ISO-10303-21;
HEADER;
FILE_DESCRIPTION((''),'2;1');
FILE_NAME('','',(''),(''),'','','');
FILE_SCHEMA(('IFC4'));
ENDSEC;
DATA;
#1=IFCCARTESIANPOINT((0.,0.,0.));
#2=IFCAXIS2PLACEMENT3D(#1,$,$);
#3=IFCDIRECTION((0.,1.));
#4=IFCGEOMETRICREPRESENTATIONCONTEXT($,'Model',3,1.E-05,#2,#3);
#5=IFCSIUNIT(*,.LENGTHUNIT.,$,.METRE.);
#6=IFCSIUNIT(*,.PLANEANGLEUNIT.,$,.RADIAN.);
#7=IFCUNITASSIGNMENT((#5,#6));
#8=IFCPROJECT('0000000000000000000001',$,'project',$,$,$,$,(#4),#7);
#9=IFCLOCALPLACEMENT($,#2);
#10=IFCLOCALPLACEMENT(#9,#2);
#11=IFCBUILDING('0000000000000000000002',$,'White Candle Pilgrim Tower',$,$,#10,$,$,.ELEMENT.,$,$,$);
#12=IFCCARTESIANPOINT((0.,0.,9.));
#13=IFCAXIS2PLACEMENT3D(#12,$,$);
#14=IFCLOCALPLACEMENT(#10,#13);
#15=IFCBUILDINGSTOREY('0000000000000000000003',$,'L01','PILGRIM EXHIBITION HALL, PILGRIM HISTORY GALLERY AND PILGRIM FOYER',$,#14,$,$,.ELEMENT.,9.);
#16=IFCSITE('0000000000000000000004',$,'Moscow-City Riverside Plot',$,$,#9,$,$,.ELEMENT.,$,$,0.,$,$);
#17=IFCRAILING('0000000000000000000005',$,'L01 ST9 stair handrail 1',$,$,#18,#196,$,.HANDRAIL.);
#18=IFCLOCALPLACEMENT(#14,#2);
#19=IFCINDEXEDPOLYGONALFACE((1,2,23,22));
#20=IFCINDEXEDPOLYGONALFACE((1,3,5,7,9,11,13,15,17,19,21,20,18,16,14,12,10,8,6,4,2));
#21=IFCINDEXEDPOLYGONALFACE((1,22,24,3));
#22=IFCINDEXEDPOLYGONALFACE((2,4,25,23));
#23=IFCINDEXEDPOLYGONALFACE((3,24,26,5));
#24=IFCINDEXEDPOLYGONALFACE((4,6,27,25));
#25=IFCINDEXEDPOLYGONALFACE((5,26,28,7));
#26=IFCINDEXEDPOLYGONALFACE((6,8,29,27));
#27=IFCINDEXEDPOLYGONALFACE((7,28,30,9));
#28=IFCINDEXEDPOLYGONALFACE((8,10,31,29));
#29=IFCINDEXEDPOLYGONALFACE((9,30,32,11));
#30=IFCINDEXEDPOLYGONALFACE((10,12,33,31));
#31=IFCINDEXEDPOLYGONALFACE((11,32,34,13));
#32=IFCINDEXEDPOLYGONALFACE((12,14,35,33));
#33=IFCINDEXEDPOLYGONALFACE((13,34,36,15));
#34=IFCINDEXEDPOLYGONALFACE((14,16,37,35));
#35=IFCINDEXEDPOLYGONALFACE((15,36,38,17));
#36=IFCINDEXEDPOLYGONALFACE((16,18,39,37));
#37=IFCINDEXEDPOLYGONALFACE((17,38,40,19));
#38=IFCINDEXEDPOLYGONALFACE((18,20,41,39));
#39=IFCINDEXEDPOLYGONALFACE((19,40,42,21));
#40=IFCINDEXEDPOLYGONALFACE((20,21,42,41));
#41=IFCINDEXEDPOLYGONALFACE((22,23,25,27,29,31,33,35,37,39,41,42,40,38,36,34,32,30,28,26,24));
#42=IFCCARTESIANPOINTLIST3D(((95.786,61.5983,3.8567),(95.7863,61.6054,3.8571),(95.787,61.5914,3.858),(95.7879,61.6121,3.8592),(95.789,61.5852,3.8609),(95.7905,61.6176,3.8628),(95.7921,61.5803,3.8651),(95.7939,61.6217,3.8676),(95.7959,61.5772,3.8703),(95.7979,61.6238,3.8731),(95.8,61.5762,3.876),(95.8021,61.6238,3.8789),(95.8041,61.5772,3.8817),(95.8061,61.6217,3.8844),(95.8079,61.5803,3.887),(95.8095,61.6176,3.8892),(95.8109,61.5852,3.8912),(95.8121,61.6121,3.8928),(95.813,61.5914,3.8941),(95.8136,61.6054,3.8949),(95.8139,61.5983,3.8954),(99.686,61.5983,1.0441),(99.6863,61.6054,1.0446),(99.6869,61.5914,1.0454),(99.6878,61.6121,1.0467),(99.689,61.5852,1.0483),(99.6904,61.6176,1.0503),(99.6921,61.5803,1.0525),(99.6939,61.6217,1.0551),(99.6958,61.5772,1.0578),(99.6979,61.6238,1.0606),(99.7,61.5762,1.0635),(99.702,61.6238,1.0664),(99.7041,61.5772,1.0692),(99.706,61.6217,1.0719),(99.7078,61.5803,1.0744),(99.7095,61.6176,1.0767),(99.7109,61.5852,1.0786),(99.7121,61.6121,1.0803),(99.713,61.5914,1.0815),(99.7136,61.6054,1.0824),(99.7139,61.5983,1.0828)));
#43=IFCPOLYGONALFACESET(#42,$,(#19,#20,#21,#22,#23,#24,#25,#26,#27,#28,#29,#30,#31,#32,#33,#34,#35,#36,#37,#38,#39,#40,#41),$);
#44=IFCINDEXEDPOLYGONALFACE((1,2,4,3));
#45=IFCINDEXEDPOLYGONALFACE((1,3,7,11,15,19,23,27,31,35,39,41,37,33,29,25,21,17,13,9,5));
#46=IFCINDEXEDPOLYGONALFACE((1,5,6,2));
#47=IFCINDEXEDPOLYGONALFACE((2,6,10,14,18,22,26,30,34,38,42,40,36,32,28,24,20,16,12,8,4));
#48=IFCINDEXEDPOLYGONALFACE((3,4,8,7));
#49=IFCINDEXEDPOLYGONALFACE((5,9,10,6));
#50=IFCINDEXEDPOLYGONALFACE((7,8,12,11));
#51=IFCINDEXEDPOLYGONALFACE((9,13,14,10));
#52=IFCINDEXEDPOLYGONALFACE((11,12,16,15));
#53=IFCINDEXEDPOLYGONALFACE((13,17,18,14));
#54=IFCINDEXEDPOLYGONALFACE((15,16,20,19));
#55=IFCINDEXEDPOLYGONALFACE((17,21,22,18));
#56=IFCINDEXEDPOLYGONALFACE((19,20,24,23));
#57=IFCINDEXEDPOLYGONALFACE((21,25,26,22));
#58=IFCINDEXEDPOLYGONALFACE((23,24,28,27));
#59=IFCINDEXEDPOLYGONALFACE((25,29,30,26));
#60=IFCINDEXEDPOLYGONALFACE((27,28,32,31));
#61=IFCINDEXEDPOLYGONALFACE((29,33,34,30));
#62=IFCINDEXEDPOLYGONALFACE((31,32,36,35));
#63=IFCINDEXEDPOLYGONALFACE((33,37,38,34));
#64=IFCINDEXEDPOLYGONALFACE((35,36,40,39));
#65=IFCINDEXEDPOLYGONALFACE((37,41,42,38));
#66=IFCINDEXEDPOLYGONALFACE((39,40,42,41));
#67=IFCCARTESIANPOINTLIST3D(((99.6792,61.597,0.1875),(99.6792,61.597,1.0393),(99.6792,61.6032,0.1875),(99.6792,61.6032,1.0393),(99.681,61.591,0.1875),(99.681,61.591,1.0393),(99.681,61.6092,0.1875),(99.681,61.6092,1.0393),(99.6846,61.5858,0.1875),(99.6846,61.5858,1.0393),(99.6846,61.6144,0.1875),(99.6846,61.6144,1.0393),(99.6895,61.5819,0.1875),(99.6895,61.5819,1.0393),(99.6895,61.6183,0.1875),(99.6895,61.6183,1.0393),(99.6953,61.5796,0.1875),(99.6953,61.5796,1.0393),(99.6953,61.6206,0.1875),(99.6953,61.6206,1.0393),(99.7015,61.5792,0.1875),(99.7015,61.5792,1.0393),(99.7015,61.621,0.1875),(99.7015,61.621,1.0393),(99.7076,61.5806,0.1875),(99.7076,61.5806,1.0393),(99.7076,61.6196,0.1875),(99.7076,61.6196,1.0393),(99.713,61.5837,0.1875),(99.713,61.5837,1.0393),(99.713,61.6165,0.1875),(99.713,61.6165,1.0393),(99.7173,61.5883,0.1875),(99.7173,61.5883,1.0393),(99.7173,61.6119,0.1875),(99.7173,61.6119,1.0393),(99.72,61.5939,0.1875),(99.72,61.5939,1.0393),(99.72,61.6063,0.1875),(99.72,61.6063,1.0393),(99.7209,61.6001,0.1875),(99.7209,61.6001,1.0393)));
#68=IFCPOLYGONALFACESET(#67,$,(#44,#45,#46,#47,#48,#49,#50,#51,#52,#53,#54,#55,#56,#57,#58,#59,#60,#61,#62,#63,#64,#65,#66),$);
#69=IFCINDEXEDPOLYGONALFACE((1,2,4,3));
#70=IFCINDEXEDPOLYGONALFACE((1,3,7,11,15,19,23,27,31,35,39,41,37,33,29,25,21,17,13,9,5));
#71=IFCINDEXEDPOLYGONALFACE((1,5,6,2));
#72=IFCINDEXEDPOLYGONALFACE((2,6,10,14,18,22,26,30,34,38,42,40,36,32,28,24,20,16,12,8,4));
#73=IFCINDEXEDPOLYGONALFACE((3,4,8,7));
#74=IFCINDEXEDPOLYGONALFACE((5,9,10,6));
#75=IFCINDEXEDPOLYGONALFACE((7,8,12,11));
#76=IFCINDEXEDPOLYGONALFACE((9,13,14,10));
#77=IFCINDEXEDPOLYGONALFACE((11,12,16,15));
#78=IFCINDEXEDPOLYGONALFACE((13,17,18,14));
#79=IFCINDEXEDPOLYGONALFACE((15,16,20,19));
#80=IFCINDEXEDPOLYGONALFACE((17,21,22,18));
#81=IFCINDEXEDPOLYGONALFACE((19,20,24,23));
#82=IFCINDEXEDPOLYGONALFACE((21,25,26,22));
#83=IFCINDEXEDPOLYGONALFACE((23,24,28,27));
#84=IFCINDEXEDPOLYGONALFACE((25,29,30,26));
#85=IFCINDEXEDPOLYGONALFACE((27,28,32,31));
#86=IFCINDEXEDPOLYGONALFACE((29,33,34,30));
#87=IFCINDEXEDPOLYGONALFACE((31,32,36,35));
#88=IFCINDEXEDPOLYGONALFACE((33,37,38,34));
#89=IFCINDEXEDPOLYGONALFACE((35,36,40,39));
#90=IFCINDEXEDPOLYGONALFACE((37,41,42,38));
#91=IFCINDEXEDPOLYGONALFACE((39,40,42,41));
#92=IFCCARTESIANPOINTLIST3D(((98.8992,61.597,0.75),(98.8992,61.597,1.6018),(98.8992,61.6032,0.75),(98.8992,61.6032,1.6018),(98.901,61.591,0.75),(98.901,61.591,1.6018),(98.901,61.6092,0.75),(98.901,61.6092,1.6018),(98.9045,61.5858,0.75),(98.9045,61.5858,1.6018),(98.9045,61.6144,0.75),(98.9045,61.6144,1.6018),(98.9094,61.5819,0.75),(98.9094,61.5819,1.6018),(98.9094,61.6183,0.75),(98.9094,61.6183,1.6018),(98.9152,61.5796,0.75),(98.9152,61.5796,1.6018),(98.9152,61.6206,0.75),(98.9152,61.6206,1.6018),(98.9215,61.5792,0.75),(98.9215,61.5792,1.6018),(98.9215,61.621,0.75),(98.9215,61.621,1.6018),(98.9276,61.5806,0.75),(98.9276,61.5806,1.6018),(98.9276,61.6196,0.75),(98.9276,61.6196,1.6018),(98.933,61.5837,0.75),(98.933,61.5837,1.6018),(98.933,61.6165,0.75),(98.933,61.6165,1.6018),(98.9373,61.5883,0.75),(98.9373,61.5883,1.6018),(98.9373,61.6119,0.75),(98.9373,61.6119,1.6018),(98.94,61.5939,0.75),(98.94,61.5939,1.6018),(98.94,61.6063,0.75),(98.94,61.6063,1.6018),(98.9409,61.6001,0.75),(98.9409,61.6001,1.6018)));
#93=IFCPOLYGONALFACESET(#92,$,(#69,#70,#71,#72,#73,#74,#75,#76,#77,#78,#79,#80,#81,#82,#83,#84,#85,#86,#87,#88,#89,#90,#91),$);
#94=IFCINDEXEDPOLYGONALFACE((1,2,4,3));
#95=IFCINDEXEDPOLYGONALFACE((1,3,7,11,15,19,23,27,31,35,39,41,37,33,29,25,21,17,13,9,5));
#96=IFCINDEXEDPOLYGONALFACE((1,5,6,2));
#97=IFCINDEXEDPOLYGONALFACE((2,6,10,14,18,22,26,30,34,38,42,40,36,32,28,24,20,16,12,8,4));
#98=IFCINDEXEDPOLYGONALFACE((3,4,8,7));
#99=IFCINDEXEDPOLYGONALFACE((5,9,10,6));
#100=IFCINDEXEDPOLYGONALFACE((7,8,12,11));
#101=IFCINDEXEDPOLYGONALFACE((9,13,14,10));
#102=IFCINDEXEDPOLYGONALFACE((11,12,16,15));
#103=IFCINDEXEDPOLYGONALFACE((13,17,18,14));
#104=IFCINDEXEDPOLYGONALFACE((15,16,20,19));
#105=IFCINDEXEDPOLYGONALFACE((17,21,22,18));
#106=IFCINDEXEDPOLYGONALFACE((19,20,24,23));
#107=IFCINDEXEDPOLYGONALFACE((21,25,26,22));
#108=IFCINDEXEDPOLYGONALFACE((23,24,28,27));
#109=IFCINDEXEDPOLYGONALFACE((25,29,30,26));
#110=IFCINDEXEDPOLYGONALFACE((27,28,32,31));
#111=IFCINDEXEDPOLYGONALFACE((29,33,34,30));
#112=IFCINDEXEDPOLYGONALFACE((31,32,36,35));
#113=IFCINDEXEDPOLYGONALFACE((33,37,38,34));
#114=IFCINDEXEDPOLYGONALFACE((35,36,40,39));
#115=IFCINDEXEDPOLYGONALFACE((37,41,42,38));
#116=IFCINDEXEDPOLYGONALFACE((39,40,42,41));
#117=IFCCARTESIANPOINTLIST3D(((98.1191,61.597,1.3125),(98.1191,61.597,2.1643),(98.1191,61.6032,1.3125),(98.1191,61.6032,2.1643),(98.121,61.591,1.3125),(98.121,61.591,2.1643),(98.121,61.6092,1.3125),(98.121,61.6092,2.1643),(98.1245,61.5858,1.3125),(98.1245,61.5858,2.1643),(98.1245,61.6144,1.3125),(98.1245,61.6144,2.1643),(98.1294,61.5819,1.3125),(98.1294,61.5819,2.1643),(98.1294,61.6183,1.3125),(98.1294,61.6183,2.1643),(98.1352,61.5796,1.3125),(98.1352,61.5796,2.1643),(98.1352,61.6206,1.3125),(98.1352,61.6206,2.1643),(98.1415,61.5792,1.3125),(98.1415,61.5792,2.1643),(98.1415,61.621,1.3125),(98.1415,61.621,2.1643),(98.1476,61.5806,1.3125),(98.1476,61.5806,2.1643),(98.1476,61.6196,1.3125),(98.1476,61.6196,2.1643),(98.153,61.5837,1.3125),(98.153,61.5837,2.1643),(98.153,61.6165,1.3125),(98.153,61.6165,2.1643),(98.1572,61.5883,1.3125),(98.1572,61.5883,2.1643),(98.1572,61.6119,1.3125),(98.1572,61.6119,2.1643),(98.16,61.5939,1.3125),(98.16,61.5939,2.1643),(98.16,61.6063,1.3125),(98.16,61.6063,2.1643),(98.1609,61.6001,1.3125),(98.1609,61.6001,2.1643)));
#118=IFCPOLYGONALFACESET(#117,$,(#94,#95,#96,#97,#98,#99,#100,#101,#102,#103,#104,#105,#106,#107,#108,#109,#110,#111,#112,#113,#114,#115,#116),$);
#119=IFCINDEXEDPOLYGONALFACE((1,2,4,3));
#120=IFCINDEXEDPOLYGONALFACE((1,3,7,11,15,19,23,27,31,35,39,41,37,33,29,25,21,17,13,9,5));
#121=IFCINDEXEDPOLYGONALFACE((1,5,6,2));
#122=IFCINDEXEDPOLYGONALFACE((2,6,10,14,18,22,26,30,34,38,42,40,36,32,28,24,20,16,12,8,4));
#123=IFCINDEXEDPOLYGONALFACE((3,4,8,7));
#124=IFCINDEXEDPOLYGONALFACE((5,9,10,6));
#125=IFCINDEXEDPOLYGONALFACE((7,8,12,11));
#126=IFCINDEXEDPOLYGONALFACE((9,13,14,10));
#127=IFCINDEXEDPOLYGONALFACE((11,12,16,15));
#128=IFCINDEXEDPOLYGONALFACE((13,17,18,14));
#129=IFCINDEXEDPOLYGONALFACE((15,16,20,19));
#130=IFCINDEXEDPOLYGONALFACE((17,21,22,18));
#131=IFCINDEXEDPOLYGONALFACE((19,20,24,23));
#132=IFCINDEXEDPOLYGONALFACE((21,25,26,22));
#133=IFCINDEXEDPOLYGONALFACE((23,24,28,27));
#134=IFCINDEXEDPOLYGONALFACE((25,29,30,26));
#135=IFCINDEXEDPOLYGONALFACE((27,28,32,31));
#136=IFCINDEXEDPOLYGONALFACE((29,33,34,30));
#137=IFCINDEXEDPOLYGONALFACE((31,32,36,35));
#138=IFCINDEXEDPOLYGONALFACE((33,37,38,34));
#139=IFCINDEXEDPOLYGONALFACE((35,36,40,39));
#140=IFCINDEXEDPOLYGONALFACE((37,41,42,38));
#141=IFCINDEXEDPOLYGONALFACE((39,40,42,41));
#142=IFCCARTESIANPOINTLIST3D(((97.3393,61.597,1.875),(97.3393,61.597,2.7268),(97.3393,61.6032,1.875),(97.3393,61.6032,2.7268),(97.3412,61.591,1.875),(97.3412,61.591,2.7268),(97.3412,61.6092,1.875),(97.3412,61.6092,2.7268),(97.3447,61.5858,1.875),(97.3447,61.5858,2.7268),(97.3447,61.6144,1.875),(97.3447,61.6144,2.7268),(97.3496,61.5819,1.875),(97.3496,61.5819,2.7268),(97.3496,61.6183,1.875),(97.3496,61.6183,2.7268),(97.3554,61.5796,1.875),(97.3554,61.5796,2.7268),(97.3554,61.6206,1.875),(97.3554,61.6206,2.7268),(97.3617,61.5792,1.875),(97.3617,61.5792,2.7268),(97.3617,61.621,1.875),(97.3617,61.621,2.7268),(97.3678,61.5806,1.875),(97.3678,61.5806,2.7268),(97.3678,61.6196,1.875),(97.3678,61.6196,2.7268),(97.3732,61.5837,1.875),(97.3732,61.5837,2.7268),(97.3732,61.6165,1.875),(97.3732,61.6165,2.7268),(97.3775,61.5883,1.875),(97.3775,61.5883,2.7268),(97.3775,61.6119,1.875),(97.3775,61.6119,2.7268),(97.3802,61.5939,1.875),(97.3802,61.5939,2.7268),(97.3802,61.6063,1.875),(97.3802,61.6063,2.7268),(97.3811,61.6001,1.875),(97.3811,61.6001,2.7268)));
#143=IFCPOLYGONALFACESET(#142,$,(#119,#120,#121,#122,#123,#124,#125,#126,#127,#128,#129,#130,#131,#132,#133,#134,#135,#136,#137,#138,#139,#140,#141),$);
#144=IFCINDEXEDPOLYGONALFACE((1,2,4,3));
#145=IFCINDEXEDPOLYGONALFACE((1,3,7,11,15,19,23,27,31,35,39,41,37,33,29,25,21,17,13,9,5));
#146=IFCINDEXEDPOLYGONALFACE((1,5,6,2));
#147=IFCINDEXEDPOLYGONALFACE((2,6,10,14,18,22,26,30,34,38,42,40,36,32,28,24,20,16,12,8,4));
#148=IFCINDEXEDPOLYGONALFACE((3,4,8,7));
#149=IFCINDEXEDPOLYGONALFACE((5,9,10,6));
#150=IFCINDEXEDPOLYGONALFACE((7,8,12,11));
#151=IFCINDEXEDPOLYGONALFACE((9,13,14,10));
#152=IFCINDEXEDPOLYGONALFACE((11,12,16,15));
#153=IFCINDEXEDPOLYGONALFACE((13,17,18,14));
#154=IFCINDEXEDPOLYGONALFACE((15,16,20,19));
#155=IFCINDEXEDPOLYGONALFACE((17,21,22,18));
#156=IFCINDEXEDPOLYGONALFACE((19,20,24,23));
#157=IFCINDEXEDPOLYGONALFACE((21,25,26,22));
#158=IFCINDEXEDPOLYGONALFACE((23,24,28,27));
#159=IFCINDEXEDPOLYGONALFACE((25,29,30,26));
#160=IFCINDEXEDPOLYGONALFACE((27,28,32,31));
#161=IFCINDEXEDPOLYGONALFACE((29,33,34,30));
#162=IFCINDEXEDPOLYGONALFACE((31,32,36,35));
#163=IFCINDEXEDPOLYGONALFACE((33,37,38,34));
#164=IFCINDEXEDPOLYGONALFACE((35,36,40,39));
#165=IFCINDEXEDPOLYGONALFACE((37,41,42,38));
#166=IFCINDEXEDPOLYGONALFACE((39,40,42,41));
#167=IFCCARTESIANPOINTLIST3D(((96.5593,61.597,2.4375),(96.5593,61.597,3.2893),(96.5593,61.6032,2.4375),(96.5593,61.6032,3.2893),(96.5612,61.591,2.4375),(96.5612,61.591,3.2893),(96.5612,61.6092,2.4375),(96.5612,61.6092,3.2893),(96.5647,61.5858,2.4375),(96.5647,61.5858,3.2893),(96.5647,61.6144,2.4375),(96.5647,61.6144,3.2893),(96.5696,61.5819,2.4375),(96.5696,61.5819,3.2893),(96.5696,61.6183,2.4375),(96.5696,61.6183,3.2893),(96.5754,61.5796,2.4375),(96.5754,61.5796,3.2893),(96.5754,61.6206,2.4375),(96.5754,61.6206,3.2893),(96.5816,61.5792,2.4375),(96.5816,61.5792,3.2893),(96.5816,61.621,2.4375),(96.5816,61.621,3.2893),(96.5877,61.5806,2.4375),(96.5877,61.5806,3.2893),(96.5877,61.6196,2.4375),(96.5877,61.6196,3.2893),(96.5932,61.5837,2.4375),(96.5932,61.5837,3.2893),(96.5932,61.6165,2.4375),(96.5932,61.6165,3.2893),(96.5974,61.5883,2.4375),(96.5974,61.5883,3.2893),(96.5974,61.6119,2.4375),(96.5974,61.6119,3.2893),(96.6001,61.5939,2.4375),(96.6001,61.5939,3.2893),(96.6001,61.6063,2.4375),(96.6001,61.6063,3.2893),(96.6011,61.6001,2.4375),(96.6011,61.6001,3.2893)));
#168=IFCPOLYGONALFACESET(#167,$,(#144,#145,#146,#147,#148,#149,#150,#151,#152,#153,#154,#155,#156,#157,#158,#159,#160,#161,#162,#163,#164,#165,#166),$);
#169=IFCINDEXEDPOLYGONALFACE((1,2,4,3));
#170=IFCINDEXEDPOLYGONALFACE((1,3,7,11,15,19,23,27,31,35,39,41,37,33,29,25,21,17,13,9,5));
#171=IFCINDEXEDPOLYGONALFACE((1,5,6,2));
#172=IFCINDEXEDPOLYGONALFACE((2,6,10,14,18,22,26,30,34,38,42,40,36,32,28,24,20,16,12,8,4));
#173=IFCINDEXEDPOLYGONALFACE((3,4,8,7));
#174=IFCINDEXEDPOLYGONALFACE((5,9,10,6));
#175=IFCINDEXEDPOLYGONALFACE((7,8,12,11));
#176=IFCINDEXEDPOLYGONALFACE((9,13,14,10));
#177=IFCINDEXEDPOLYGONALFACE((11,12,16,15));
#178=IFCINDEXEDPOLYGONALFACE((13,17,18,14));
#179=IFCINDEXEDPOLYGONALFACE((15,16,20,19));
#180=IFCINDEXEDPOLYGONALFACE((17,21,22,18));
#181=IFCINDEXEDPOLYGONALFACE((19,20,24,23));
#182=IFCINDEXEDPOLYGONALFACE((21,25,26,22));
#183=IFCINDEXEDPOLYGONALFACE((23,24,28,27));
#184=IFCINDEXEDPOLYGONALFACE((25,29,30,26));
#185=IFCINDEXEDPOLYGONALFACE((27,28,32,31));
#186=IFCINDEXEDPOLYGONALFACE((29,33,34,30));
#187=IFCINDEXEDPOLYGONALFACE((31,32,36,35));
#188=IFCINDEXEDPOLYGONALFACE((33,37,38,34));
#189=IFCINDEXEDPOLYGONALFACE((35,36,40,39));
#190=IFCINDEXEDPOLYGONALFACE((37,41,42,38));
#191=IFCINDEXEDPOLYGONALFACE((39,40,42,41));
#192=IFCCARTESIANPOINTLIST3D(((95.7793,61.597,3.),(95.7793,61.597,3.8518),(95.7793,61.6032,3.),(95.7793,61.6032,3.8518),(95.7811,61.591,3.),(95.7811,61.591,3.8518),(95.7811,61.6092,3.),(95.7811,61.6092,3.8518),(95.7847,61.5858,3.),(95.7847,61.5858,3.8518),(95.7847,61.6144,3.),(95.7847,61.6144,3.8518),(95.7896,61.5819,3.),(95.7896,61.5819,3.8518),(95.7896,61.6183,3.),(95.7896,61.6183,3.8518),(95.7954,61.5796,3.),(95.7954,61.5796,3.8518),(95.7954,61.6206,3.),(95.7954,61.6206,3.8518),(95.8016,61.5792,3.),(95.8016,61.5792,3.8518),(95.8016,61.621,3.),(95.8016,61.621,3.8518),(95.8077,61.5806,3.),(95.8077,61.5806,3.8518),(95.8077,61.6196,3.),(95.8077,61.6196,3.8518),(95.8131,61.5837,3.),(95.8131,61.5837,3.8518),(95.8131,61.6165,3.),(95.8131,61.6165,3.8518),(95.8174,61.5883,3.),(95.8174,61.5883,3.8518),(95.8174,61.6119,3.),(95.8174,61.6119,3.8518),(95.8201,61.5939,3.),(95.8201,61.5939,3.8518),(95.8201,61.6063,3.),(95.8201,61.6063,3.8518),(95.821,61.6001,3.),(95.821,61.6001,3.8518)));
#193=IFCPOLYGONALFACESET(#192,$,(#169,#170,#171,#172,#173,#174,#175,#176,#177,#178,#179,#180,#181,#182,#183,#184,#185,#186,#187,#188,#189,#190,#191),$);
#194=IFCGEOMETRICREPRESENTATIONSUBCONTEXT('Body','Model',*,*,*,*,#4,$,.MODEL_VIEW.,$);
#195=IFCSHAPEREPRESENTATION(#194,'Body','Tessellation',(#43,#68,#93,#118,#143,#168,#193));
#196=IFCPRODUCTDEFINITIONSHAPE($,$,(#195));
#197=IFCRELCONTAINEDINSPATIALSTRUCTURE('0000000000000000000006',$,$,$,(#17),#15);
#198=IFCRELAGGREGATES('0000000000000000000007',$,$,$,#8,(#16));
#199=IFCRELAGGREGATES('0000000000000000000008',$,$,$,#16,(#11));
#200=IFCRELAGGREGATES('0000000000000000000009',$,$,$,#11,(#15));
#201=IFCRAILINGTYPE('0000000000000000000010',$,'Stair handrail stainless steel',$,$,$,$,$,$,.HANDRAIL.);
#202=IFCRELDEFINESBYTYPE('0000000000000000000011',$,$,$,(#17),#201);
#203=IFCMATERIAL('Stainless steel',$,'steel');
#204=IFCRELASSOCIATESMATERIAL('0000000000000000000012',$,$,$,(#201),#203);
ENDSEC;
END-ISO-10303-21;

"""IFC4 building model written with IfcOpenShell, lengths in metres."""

from ifc_helpers import new_model, si_unit, direction, frame, origin, origin_2d, place, context, subcontext, project, spatial, circle, extrude, material, type_object, element, save


model = new_model("IFC4")

# Units and contexts
model_context = context("Model", 3, precision=1e-05, world=origin(), true_north=direction((0.0, 1.0)))
body_context = subcontext(model_context, "Body", "Model", "MODEL_VIEW")
ifc_project = project(units=[si_unit("LENGTHUNIT", "METRE"), si_unit("PLANEANGLEUNIT", "RADIAN")], contexts=[model_context])

# Site, building, storey
site_placement = place(None, origin())
site = spatial("IfcSite", under=ifc_project, at=site_placement, Name="Moscow-City Riverside Plot", CompositionType="ELEMENT", RefElevation=0.0)
building_placement = place(site_placement, origin())
building = spatial("IfcBuilding", under=site, at=building_placement, Name="White Candle Pilgrim Tower", CompositionType="ELEMENT")
storey_placement = place(building_placement, frame((0.0, 0.0, 9.0)))
storey = spatial("IfcBuildingStorey", under=building, at=storey_placement, Name="L01", Description="PILGRIM EXHIBITION HALL, PILGRIM HISTORY GALLERY AND PILGRIM FOYER", CompositionType="ELEMENT", Elevation=9.0)

# Railing
ifc_material_1 = material(Name="Stainless steel", Category="steel")
railing_type_1 = type_object("IfcRailingType", Name="Stair handrail stainless steel", PredefinedType="HANDRAIL", material=ifc_material_1)
railing_1_placement = place(storey_placement, frame((99.7, 61.6001, 0.1875)))
element("IfcRailing", 1, at=railing_1_placement, inside=storey, type_object=railing_type_1, Name="L01 ST9 stair handrail 1", PredefinedType="HANDRAIL", context=body_context, shape_type="SweptSolid", body=[
    extrude(circle(Radius=0.0239, at=origin_2d()), frame((0.0, 0.0, 0.876), z_axis=(-0.811083, 0.0, 0.584931), x_axis=(0.0, -1.0, 0.0)), (0.0, 0.0, 1.0), 4.8083),
    extrude(circle(Radius=0.021, at=origin_2d()), origin(), (0.0, 0.0, 1.0), 0.8518),
    extrude(circle(Radius=0.021, at=origin_2d()), frame((-0.78, 0.0, 0.5625)), (0.0, 0.0, 1.0), 0.8518),
    extrude(circle(Radius=0.021, at=origin_2d()), frame((-1.5601, 0.0, 1.125)), (0.0, 0.0, 1.0), 0.8518),
    extrude(circle(Radius=0.021, at=origin_2d()), frame((-2.3398, 0.0, 1.6875)), (0.0, 0.0, 1.0), 0.8518),
    extrude(circle(Radius=0.021, at=origin_2d()), frame((-3.1199, 0.0, 2.25)), (0.0, 0.0, 1.0), 0.8518),
    extrude(circle(Radius=0.021, at=origin_2d()), frame((-3.8999, 0.0, 2.8125)), (0.0, 0.0, 1.0), 0.8518),
])

save(model, "model.ifc")
